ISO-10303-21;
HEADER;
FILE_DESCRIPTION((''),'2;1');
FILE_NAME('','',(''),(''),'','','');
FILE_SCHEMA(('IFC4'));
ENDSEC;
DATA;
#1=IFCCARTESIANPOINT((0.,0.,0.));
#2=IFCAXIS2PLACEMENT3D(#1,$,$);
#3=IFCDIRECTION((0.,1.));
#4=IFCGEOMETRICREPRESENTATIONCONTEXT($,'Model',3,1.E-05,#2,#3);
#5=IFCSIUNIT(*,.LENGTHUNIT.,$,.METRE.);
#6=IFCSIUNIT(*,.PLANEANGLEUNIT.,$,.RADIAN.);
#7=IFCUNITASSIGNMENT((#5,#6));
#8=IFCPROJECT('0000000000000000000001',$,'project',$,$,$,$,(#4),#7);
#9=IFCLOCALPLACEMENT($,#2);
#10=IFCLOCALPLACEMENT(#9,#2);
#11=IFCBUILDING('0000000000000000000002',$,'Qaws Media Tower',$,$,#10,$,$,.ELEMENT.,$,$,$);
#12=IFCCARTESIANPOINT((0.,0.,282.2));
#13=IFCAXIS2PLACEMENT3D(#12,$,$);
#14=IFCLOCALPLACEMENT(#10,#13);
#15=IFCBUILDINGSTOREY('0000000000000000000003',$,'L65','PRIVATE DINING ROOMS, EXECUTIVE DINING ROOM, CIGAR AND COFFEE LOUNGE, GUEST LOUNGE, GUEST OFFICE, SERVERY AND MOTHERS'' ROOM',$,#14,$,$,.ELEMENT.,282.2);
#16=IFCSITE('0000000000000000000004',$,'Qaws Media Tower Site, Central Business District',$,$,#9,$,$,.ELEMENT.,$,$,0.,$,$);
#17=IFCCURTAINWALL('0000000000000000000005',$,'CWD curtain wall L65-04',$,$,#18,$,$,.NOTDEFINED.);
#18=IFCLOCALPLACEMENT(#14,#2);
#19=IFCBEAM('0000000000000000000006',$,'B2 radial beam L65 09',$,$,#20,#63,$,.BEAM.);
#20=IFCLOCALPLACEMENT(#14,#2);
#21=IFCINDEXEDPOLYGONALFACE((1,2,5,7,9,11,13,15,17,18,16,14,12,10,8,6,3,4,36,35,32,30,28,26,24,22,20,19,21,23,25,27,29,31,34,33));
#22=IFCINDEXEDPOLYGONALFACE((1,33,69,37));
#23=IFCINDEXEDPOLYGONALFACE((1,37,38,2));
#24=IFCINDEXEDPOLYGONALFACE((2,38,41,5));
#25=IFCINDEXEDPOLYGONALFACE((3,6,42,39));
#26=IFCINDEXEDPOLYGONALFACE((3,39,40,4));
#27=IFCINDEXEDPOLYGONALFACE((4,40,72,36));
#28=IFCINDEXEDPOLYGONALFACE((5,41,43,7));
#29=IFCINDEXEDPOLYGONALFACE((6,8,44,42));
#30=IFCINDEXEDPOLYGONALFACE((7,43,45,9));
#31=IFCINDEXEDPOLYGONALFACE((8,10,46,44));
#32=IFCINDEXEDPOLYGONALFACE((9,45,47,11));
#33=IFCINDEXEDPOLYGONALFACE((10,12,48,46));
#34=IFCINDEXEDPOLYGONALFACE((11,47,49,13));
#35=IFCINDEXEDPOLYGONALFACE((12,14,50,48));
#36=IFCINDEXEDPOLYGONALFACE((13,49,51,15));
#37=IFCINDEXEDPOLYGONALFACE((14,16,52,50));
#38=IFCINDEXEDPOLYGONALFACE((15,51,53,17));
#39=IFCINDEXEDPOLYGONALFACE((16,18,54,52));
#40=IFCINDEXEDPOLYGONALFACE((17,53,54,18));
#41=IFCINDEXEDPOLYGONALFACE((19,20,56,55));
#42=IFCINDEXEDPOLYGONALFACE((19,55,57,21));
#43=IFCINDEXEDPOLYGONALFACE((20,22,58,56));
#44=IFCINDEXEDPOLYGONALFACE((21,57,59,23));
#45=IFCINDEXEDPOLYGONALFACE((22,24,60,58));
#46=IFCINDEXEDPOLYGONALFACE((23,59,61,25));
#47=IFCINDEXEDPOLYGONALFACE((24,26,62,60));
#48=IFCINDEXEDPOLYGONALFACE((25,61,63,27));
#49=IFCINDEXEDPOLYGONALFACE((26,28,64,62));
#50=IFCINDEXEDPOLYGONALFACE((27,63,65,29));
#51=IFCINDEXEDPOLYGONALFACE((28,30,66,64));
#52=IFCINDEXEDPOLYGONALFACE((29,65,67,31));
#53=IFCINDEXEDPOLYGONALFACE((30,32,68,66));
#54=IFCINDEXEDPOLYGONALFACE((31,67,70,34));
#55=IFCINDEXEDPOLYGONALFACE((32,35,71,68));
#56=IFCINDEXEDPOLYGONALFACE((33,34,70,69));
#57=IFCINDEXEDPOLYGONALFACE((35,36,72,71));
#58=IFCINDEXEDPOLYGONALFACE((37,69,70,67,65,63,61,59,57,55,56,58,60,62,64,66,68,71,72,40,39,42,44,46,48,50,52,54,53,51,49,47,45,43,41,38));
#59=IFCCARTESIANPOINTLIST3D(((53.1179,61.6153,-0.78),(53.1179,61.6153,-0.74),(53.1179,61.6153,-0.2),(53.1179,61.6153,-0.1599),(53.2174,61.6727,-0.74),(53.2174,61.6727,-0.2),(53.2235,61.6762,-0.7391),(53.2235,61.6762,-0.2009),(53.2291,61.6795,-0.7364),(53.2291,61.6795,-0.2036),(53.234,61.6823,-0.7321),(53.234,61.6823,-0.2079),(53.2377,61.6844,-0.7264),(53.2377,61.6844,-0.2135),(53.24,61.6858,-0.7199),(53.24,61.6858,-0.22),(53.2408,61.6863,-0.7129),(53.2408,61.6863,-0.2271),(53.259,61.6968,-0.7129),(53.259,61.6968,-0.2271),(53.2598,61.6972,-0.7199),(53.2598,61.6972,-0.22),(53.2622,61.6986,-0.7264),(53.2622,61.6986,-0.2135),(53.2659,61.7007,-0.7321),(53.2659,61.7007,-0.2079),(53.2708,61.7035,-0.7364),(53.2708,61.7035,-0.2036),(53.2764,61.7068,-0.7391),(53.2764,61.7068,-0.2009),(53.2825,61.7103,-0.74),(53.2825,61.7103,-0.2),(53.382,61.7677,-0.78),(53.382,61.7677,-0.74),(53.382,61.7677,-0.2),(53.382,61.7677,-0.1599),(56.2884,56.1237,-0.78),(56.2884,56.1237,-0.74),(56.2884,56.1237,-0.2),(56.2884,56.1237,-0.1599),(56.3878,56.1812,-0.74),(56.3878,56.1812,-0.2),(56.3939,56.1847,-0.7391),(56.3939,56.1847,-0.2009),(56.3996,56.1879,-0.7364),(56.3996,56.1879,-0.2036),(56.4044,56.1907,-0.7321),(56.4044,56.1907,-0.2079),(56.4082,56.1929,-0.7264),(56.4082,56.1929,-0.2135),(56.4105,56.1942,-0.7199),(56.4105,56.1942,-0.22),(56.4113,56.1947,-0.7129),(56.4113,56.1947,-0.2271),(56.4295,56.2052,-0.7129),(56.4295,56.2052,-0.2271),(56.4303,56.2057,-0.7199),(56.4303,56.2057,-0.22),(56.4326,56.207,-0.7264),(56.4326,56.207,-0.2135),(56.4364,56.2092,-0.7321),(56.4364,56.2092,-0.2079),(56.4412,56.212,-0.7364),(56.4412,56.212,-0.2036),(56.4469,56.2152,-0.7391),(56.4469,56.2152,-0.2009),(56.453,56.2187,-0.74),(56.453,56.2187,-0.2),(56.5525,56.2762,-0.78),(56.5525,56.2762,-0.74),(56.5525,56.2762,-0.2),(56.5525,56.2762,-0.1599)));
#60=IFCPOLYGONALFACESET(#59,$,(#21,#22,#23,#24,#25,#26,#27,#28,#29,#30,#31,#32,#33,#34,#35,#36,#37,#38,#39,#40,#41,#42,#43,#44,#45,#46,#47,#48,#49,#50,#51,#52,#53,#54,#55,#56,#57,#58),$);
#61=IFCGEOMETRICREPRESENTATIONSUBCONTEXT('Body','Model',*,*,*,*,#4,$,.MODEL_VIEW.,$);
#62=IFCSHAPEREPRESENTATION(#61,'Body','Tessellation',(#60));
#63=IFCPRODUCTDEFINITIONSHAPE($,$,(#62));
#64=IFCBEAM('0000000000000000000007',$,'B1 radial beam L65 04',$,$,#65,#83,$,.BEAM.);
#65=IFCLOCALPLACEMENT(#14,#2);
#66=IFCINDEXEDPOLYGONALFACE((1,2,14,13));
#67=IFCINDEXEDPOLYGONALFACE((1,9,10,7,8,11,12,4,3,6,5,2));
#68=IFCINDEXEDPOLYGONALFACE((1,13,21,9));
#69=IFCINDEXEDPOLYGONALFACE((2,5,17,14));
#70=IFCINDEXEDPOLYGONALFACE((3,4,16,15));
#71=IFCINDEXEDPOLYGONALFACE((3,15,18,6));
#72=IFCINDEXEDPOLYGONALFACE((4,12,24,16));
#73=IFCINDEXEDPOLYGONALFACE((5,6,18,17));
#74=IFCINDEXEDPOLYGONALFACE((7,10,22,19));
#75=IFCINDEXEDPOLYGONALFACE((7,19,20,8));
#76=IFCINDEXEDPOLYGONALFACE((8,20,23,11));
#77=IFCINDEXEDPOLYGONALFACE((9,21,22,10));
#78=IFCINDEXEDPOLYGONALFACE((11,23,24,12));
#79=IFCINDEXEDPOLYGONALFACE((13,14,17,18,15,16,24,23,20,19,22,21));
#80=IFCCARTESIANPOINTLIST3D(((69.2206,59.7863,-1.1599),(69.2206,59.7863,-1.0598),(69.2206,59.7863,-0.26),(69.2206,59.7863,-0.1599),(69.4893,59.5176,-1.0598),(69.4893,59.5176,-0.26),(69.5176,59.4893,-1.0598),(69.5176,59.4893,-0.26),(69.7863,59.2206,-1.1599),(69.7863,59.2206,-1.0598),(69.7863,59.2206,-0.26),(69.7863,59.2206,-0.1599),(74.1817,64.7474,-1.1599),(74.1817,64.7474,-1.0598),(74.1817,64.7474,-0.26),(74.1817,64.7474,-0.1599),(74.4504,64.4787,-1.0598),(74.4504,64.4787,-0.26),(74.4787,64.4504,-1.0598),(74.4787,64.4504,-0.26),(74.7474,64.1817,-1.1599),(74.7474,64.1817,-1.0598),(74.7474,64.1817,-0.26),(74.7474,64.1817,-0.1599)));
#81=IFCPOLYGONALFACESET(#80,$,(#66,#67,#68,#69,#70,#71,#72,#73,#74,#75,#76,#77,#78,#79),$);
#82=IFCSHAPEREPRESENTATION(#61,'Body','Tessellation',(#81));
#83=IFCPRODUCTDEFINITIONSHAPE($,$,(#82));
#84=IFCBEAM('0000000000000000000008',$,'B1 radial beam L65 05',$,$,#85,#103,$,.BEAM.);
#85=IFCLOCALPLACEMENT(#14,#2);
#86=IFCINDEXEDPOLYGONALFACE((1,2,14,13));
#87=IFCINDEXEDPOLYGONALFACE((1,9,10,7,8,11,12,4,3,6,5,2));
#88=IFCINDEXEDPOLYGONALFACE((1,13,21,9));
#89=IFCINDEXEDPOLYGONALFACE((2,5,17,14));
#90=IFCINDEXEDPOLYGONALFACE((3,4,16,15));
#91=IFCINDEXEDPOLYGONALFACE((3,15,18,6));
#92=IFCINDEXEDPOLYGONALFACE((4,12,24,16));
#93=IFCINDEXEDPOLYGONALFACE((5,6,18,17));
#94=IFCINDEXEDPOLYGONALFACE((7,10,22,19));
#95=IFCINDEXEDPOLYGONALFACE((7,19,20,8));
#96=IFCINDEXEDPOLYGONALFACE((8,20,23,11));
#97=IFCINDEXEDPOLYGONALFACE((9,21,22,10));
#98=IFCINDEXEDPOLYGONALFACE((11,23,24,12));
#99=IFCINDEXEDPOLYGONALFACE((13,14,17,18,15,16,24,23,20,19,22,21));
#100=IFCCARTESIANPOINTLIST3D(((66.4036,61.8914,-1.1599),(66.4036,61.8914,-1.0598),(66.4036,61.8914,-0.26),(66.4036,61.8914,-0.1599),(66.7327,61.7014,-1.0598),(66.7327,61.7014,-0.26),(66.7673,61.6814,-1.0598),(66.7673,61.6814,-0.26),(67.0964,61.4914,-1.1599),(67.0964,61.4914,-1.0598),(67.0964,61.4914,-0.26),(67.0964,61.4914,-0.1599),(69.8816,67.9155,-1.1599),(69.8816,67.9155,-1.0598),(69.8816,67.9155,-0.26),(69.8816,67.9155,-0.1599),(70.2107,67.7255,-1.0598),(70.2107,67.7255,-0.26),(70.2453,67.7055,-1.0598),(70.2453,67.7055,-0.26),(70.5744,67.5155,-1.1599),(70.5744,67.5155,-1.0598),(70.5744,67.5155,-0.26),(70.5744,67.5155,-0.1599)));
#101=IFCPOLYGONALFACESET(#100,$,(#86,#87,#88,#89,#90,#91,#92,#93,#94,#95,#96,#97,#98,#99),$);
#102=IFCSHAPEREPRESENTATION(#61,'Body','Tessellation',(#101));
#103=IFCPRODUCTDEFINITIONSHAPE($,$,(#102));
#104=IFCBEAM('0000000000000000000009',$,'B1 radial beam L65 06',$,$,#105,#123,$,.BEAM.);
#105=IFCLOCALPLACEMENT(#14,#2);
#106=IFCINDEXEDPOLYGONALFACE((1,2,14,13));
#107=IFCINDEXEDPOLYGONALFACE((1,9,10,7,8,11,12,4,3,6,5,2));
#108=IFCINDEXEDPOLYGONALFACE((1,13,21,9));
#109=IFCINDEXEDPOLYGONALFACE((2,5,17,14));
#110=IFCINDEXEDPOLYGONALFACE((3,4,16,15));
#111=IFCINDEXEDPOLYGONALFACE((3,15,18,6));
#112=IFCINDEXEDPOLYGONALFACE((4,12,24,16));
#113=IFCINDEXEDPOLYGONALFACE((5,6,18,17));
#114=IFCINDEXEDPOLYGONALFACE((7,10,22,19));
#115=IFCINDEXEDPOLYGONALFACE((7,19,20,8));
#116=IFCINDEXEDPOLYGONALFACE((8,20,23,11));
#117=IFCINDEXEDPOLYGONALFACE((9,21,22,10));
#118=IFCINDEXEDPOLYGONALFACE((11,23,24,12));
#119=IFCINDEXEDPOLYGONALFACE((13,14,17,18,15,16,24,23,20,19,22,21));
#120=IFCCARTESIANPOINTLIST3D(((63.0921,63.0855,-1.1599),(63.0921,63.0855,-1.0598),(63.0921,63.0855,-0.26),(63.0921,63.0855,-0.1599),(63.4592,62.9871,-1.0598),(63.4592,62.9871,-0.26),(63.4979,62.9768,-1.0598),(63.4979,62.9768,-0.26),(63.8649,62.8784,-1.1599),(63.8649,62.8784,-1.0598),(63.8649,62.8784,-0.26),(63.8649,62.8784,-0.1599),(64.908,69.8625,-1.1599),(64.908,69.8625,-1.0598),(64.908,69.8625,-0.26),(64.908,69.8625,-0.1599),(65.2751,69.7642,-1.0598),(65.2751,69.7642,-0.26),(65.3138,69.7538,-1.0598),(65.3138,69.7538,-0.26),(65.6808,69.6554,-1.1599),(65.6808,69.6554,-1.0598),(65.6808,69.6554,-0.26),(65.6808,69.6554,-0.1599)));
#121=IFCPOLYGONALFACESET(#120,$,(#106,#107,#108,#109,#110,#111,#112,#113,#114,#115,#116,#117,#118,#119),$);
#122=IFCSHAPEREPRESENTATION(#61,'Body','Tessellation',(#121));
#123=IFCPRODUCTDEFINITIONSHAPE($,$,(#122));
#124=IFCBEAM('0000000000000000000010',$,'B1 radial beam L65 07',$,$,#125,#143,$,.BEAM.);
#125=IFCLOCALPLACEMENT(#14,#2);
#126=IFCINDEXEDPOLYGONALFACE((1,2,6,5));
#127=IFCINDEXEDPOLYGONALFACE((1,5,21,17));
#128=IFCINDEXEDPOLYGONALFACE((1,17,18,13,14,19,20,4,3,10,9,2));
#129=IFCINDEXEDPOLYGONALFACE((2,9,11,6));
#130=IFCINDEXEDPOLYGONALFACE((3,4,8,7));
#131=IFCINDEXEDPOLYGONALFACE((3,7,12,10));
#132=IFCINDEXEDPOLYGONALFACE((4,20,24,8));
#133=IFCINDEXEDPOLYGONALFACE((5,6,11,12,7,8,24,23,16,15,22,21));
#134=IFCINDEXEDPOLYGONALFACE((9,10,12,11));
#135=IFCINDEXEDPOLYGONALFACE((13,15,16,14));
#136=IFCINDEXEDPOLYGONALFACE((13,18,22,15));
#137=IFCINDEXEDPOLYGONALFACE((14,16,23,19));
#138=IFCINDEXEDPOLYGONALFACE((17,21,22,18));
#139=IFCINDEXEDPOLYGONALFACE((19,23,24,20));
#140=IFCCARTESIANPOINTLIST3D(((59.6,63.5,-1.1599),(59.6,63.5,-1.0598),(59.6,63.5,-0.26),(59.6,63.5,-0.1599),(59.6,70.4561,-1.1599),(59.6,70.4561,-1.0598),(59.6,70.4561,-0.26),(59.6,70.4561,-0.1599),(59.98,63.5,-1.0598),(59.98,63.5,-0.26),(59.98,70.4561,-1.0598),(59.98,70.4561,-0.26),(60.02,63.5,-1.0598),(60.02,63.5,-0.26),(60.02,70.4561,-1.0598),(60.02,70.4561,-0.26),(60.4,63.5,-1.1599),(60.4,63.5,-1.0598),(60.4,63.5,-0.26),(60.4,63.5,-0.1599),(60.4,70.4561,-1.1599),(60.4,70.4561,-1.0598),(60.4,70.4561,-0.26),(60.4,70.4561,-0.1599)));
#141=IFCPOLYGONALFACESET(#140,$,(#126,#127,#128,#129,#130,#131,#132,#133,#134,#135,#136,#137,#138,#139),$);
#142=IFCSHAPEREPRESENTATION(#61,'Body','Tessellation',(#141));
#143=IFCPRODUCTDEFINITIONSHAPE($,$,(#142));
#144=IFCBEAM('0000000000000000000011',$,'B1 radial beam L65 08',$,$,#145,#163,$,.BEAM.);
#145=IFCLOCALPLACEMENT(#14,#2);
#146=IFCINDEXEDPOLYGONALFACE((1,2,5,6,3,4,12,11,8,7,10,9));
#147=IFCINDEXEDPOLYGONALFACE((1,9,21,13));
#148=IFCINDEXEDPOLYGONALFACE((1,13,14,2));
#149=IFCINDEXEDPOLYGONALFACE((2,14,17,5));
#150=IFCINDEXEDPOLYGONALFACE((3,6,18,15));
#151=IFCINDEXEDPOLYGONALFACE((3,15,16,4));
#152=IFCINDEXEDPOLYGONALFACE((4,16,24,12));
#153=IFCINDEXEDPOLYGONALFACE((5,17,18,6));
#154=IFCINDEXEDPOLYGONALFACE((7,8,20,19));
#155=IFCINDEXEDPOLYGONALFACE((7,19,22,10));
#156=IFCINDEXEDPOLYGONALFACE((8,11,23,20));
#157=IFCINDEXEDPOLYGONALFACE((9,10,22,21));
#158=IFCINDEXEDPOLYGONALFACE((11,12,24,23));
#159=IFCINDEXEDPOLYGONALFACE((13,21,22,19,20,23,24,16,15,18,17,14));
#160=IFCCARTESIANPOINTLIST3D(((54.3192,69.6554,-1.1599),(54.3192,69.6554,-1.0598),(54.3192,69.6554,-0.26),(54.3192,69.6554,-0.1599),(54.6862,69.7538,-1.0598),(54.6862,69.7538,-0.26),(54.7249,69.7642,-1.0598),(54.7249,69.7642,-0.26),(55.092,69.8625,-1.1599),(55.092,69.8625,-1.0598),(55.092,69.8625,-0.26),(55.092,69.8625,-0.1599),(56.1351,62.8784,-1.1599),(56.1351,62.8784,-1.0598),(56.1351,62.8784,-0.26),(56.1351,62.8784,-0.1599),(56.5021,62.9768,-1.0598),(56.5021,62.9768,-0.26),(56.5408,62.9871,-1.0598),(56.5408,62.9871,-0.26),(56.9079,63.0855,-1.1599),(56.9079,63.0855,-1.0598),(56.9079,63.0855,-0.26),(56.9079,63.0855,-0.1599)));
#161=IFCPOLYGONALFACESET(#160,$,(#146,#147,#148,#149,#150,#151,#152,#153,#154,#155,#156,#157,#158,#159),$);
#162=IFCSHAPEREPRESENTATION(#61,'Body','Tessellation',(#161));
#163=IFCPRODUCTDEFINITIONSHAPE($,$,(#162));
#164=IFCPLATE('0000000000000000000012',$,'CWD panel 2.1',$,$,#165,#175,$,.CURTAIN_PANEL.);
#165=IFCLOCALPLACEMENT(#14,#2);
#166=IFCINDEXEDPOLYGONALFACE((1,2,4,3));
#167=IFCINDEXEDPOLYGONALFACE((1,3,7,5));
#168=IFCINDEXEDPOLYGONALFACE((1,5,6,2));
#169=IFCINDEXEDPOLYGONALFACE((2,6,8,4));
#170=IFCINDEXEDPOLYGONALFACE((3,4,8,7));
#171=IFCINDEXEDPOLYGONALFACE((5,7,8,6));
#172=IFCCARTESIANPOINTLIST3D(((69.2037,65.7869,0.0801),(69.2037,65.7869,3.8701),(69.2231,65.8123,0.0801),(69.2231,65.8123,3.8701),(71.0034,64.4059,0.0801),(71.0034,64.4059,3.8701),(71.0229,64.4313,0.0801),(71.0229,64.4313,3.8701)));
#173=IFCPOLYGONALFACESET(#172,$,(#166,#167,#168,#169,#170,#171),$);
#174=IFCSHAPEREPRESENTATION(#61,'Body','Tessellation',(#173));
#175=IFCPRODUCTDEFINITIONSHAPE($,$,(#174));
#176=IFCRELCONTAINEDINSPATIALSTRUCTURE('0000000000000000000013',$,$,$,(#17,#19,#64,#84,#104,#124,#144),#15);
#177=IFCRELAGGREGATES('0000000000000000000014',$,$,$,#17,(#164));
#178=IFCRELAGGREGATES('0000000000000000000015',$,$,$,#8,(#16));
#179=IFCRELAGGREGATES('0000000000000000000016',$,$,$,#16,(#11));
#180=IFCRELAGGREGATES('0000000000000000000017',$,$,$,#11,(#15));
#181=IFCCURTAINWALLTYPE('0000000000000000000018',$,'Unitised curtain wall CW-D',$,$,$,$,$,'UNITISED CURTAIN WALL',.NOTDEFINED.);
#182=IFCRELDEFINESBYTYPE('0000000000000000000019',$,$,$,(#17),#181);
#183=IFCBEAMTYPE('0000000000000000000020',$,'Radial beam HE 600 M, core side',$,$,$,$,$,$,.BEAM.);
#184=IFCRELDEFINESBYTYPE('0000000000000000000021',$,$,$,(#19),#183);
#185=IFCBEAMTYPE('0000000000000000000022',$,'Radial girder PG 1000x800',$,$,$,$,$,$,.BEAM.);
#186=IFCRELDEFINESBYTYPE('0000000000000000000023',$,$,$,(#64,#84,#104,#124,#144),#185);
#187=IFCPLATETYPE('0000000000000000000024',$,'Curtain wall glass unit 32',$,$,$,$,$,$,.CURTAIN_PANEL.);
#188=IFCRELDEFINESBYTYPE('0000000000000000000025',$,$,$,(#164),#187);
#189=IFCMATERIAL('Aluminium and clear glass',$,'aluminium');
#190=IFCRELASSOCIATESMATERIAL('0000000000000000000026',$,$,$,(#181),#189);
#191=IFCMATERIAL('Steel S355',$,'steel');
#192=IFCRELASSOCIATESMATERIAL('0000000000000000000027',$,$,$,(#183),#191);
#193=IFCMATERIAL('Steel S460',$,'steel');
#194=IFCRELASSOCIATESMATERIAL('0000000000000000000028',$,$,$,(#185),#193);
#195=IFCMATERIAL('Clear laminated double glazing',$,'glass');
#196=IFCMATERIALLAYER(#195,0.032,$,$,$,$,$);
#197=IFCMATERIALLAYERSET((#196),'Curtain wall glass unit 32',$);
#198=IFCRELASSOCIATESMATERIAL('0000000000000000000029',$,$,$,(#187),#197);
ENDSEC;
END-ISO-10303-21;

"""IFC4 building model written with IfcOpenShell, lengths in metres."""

from ifc_helpers import new_model, si_unit, direction, frame, origin, origin_2d, place, context, subcontext, project, spatial, rectangle, i_section, extrude, material, layer, layer_set, material_profile, profile_set, type_object, element, aggregate, save


model = new_model("IFC4")

# Units and contexts
model_context = context("Model", 3, precision=1e-05, world=origin(), true_north=direction((0.0, 1.0)))
body_context = subcontext(model_context, "Body", "Model", "MODEL_VIEW")
ifc_project = project(units=[si_unit("LENGTHUNIT", "METRE"), si_unit("PLANEANGLEUNIT", "RADIAN")], contexts=[model_context])

# Site, building, storey
site_placement = place(None, origin())
site = spatial("IfcSite", under=ifc_project, at=site_placement, Name="Qaws Media Tower Site, Central Business District", CompositionType="ELEMENT", RefElevation=0.0)
building_placement = place(site_placement, origin())
building = spatial("IfcBuilding", under=site, at=building_placement, Name="Qaws Media Tower", CompositionType="ELEMENT")
storey_placement = place(building_placement, frame((0.0, 0.0, 282.2)))
storey = spatial("IfcBuildingStorey", under=building, at=storey_placement, Name="L65", Description="PRIVATE DINING ROOMS, EXECUTIVE DINING ROOM, CIGAR AND COFFEE LOUNGE, GUEST LOUNGE, GUEST OFFICE, SERVERY AND MOTHERS' ROOM", CompositionType="ELEMENT", Elevation=282.2)

# Curtain wall
ifc_material_1 = material(Name="Aluminium and clear glass", Category="aluminium")
curtain_wall_type = type_object("IfcCurtainWallType", Name="Unitised curtain wall CW-D", ElementType="UNITISED CURTAIN WALL", PredefinedType="NOTDEFINED", material=ifc_material_1)
curtain_wall_1_placement = place(storey_placement, origin())
curtain_wall_1 = element("IfcCurtainWall", 1, at=curtain_wall_1_placement, inside=storey, type_object=curtain_wall_type, Name="CWD curtain wall L65-04", PredefinedType="NOTDEFINED")

# Beams
ifc_material_2 = material(Name="Steel S355", Category="steel")
ifc_material_profile_1 = material_profile(ifc_material_2, i_section(OverallWidth=0.3049, OverallDepth=0.6201, WebThickness=0.021, FlangeThickness=0.04, FilletRadius=0.0271, at=origin_2d()), Name="HE 600 M")
ifc_profile_set_1 = profile_set([ifc_material_profile_1], Name="Steel S355")
beam_type_1 = type_object("IfcBeamType", Name="Radial beam HE 600 M, core side", PredefinedType="BEAM", material=ifc_profile_set_1)
beam_1_placement = place(storey_placement, frame((56.4204, 56.2, -0.47), z_axis=(-0.49999, 0.866031, 0.0), x_axis=(-0.866031, -0.49999, 0.0)))
element("IfcBeam", 2, at=beam_1_placement, inside=storey, type_object=beam_type_1, Name="B2 radial beam L65 09", PredefinedType="BEAM", context=body_context, shape_type="SweptSolid", body=[
    extrude(i_section(OverallWidth=0.3049, OverallDepth=0.6201, WebThickness=0.021, FlangeThickness=0.04, FilletRadius=0.0271, at=origin_2d()), origin(), (0.0, 0.0, 1.0), 6.3411),
])
ifc_material_3 = material(Name="Steel S460", Category="steel")
ifc_material_profile_2 = material_profile(ifc_material_3, i_section(OverallWidth=0.8, OverallDepth=1.0, WebThickness=0.04, FlangeThickness=0.1001, at=origin_2d()), Name="PG 1000x800")
ifc_profile_set_2 = profile_set([ifc_material_profile_2], Name="Steel S460")
beam_type_2 = type_object("IfcBeamType", Name="Radial girder PG 1000x800", PredefinedType="BEAM", material=ifc_profile_set_2)
beam_2_placement = place(storey_placement, frame((69.5034, 59.5034, -0.6599), z_axis=(0.707107, 0.707107, 0.0), x_axis=(-0.707107, 0.707107, 0.0)))
element("IfcBeam", 3, at=beam_2_placement, inside=storey, type_object=beam_type_2, Name="B1 radial beam L65 04", PredefinedType="BEAM", context=body_context, shape_type="SweptSolid", body=[
    extrude(i_section(OverallWidth=0.8, OverallDepth=1.0, WebThickness=0.04, FlangeThickness=0.1001, at=origin_2d()), origin(), (0.0, 0.0, 1.0), 7.0161),
])
beam_3_placement = place(storey_placement, frame((66.75, 61.6914, -0.6599), z_axis=(0.499997, 0.866027, 0.0), x_axis=(-0.866027, 0.499997, 0.0)))
element("IfcBeam", 4, at=beam_3_placement, inside=storey, type_object=beam_type_2, Name="B1 radial beam L65 05", PredefinedType="BEAM", context=body_context, shape_type="SweptSolid", body=[
    extrude(i_section(OverallWidth=0.8, OverallDepth=1.0, WebThickness=0.04, FlangeThickness=0.1001, at=origin_2d()), origin(), (0.0, 0.0, 1.0), 6.9561),
])
beam_4_placement = place(storey_placement, frame((63.4785, 62.9819, -0.6599), z_axis=(0.258819, 0.965926, 0.0), x_axis=(-0.965926, 0.258819, 0.0)))
element("IfcBeam", 5, at=beam_4_placement, inside=storey, type_object=beam_type_2, Name="B1 radial beam L65 06", PredefinedType="BEAM", context=body_context, shape_type="SweptSolid", body=[
    extrude(i_section(OverallWidth=0.8, OverallDepth=1.0, WebThickness=0.04, FlangeThickness=0.1001, at=origin_2d()), origin(), (0.0, 0.0, 1.0), 7.0161),
])
beam_5_placement = place(storey_placement, frame((60.0, 63.5, -0.6599), z_axis=(0.0, 1.0, 0.0), x_axis=(-1.0, 0.0, 0.0)))
element("IfcBeam", 6, at=beam_5_placement, inside=storey, type_object=beam_type_2, Name="B1 radial beam L65 07", PredefinedType="BEAM", context=body_context, shape_type="SweptSolid", body=[
    extrude(i_section(OverallWidth=0.8, OverallDepth=1.0, WebThickness=0.04, FlangeThickness=0.1001, at=origin_2d()), origin(), (0.0, 0.0, 1.0), 6.9561),
])
beam_6_placement = place(storey_placement, frame((56.5215, 62.9819, -0.6599), z_axis=(-0.258819, 0.965926, 0.0), x_axis=(-0.965926, -0.258819, 0.0)))
element("IfcBeam", 7, at=beam_6_placement, inside=storey, type_object=beam_type_2, Name="B1 radial beam L65 08", PredefinedType="BEAM", context=body_context, shape_type="SweptSolid", body=[
    extrude(i_section(OverallWidth=0.8, OverallDepth=1.0, WebThickness=0.04, FlangeThickness=0.1001, at=origin_2d()), origin(), (0.0, 0.0, 1.0), 7.0161),
])

# Plate
ifc_material_4 = material(Name="Clear laminated double glazing", Category="glass")
ifc_layer_1 = layer(ifc_material_4, 0.032)
ifc_layer_set_1 = layer_set([ifc_layer_1], Name="Curtain wall glass unit 32")
plate_type = type_object("IfcPlateType", Name="Curtain wall glass unit 32", PredefinedType="CURTAIN_PANEL", material=ifc_layer_set_1)
plate_placement = place(storey_placement, frame((70.1133, 65.1091, 0.0801), z_axis=(0.0, 0.0, 1.0), x_axis=(-0.793353, 0.608761, 0.0)))
plate = element("IfcPlate", 8, at=plate_placement, type_object=plate_type, Name="CWD panel 2.1", PredefinedType="CURTAIN_PANEL", context=body_context, shape_type="SweptSolid", body=[
    extrude(rectangle(XDim=2.2686, YDim=0.032, at=origin_2d()), origin(), (0.0, 0.0, 1.0), 3.79),
])
aggregate(curtain_wall_1, [plate])

save(model, "model.ifc")
